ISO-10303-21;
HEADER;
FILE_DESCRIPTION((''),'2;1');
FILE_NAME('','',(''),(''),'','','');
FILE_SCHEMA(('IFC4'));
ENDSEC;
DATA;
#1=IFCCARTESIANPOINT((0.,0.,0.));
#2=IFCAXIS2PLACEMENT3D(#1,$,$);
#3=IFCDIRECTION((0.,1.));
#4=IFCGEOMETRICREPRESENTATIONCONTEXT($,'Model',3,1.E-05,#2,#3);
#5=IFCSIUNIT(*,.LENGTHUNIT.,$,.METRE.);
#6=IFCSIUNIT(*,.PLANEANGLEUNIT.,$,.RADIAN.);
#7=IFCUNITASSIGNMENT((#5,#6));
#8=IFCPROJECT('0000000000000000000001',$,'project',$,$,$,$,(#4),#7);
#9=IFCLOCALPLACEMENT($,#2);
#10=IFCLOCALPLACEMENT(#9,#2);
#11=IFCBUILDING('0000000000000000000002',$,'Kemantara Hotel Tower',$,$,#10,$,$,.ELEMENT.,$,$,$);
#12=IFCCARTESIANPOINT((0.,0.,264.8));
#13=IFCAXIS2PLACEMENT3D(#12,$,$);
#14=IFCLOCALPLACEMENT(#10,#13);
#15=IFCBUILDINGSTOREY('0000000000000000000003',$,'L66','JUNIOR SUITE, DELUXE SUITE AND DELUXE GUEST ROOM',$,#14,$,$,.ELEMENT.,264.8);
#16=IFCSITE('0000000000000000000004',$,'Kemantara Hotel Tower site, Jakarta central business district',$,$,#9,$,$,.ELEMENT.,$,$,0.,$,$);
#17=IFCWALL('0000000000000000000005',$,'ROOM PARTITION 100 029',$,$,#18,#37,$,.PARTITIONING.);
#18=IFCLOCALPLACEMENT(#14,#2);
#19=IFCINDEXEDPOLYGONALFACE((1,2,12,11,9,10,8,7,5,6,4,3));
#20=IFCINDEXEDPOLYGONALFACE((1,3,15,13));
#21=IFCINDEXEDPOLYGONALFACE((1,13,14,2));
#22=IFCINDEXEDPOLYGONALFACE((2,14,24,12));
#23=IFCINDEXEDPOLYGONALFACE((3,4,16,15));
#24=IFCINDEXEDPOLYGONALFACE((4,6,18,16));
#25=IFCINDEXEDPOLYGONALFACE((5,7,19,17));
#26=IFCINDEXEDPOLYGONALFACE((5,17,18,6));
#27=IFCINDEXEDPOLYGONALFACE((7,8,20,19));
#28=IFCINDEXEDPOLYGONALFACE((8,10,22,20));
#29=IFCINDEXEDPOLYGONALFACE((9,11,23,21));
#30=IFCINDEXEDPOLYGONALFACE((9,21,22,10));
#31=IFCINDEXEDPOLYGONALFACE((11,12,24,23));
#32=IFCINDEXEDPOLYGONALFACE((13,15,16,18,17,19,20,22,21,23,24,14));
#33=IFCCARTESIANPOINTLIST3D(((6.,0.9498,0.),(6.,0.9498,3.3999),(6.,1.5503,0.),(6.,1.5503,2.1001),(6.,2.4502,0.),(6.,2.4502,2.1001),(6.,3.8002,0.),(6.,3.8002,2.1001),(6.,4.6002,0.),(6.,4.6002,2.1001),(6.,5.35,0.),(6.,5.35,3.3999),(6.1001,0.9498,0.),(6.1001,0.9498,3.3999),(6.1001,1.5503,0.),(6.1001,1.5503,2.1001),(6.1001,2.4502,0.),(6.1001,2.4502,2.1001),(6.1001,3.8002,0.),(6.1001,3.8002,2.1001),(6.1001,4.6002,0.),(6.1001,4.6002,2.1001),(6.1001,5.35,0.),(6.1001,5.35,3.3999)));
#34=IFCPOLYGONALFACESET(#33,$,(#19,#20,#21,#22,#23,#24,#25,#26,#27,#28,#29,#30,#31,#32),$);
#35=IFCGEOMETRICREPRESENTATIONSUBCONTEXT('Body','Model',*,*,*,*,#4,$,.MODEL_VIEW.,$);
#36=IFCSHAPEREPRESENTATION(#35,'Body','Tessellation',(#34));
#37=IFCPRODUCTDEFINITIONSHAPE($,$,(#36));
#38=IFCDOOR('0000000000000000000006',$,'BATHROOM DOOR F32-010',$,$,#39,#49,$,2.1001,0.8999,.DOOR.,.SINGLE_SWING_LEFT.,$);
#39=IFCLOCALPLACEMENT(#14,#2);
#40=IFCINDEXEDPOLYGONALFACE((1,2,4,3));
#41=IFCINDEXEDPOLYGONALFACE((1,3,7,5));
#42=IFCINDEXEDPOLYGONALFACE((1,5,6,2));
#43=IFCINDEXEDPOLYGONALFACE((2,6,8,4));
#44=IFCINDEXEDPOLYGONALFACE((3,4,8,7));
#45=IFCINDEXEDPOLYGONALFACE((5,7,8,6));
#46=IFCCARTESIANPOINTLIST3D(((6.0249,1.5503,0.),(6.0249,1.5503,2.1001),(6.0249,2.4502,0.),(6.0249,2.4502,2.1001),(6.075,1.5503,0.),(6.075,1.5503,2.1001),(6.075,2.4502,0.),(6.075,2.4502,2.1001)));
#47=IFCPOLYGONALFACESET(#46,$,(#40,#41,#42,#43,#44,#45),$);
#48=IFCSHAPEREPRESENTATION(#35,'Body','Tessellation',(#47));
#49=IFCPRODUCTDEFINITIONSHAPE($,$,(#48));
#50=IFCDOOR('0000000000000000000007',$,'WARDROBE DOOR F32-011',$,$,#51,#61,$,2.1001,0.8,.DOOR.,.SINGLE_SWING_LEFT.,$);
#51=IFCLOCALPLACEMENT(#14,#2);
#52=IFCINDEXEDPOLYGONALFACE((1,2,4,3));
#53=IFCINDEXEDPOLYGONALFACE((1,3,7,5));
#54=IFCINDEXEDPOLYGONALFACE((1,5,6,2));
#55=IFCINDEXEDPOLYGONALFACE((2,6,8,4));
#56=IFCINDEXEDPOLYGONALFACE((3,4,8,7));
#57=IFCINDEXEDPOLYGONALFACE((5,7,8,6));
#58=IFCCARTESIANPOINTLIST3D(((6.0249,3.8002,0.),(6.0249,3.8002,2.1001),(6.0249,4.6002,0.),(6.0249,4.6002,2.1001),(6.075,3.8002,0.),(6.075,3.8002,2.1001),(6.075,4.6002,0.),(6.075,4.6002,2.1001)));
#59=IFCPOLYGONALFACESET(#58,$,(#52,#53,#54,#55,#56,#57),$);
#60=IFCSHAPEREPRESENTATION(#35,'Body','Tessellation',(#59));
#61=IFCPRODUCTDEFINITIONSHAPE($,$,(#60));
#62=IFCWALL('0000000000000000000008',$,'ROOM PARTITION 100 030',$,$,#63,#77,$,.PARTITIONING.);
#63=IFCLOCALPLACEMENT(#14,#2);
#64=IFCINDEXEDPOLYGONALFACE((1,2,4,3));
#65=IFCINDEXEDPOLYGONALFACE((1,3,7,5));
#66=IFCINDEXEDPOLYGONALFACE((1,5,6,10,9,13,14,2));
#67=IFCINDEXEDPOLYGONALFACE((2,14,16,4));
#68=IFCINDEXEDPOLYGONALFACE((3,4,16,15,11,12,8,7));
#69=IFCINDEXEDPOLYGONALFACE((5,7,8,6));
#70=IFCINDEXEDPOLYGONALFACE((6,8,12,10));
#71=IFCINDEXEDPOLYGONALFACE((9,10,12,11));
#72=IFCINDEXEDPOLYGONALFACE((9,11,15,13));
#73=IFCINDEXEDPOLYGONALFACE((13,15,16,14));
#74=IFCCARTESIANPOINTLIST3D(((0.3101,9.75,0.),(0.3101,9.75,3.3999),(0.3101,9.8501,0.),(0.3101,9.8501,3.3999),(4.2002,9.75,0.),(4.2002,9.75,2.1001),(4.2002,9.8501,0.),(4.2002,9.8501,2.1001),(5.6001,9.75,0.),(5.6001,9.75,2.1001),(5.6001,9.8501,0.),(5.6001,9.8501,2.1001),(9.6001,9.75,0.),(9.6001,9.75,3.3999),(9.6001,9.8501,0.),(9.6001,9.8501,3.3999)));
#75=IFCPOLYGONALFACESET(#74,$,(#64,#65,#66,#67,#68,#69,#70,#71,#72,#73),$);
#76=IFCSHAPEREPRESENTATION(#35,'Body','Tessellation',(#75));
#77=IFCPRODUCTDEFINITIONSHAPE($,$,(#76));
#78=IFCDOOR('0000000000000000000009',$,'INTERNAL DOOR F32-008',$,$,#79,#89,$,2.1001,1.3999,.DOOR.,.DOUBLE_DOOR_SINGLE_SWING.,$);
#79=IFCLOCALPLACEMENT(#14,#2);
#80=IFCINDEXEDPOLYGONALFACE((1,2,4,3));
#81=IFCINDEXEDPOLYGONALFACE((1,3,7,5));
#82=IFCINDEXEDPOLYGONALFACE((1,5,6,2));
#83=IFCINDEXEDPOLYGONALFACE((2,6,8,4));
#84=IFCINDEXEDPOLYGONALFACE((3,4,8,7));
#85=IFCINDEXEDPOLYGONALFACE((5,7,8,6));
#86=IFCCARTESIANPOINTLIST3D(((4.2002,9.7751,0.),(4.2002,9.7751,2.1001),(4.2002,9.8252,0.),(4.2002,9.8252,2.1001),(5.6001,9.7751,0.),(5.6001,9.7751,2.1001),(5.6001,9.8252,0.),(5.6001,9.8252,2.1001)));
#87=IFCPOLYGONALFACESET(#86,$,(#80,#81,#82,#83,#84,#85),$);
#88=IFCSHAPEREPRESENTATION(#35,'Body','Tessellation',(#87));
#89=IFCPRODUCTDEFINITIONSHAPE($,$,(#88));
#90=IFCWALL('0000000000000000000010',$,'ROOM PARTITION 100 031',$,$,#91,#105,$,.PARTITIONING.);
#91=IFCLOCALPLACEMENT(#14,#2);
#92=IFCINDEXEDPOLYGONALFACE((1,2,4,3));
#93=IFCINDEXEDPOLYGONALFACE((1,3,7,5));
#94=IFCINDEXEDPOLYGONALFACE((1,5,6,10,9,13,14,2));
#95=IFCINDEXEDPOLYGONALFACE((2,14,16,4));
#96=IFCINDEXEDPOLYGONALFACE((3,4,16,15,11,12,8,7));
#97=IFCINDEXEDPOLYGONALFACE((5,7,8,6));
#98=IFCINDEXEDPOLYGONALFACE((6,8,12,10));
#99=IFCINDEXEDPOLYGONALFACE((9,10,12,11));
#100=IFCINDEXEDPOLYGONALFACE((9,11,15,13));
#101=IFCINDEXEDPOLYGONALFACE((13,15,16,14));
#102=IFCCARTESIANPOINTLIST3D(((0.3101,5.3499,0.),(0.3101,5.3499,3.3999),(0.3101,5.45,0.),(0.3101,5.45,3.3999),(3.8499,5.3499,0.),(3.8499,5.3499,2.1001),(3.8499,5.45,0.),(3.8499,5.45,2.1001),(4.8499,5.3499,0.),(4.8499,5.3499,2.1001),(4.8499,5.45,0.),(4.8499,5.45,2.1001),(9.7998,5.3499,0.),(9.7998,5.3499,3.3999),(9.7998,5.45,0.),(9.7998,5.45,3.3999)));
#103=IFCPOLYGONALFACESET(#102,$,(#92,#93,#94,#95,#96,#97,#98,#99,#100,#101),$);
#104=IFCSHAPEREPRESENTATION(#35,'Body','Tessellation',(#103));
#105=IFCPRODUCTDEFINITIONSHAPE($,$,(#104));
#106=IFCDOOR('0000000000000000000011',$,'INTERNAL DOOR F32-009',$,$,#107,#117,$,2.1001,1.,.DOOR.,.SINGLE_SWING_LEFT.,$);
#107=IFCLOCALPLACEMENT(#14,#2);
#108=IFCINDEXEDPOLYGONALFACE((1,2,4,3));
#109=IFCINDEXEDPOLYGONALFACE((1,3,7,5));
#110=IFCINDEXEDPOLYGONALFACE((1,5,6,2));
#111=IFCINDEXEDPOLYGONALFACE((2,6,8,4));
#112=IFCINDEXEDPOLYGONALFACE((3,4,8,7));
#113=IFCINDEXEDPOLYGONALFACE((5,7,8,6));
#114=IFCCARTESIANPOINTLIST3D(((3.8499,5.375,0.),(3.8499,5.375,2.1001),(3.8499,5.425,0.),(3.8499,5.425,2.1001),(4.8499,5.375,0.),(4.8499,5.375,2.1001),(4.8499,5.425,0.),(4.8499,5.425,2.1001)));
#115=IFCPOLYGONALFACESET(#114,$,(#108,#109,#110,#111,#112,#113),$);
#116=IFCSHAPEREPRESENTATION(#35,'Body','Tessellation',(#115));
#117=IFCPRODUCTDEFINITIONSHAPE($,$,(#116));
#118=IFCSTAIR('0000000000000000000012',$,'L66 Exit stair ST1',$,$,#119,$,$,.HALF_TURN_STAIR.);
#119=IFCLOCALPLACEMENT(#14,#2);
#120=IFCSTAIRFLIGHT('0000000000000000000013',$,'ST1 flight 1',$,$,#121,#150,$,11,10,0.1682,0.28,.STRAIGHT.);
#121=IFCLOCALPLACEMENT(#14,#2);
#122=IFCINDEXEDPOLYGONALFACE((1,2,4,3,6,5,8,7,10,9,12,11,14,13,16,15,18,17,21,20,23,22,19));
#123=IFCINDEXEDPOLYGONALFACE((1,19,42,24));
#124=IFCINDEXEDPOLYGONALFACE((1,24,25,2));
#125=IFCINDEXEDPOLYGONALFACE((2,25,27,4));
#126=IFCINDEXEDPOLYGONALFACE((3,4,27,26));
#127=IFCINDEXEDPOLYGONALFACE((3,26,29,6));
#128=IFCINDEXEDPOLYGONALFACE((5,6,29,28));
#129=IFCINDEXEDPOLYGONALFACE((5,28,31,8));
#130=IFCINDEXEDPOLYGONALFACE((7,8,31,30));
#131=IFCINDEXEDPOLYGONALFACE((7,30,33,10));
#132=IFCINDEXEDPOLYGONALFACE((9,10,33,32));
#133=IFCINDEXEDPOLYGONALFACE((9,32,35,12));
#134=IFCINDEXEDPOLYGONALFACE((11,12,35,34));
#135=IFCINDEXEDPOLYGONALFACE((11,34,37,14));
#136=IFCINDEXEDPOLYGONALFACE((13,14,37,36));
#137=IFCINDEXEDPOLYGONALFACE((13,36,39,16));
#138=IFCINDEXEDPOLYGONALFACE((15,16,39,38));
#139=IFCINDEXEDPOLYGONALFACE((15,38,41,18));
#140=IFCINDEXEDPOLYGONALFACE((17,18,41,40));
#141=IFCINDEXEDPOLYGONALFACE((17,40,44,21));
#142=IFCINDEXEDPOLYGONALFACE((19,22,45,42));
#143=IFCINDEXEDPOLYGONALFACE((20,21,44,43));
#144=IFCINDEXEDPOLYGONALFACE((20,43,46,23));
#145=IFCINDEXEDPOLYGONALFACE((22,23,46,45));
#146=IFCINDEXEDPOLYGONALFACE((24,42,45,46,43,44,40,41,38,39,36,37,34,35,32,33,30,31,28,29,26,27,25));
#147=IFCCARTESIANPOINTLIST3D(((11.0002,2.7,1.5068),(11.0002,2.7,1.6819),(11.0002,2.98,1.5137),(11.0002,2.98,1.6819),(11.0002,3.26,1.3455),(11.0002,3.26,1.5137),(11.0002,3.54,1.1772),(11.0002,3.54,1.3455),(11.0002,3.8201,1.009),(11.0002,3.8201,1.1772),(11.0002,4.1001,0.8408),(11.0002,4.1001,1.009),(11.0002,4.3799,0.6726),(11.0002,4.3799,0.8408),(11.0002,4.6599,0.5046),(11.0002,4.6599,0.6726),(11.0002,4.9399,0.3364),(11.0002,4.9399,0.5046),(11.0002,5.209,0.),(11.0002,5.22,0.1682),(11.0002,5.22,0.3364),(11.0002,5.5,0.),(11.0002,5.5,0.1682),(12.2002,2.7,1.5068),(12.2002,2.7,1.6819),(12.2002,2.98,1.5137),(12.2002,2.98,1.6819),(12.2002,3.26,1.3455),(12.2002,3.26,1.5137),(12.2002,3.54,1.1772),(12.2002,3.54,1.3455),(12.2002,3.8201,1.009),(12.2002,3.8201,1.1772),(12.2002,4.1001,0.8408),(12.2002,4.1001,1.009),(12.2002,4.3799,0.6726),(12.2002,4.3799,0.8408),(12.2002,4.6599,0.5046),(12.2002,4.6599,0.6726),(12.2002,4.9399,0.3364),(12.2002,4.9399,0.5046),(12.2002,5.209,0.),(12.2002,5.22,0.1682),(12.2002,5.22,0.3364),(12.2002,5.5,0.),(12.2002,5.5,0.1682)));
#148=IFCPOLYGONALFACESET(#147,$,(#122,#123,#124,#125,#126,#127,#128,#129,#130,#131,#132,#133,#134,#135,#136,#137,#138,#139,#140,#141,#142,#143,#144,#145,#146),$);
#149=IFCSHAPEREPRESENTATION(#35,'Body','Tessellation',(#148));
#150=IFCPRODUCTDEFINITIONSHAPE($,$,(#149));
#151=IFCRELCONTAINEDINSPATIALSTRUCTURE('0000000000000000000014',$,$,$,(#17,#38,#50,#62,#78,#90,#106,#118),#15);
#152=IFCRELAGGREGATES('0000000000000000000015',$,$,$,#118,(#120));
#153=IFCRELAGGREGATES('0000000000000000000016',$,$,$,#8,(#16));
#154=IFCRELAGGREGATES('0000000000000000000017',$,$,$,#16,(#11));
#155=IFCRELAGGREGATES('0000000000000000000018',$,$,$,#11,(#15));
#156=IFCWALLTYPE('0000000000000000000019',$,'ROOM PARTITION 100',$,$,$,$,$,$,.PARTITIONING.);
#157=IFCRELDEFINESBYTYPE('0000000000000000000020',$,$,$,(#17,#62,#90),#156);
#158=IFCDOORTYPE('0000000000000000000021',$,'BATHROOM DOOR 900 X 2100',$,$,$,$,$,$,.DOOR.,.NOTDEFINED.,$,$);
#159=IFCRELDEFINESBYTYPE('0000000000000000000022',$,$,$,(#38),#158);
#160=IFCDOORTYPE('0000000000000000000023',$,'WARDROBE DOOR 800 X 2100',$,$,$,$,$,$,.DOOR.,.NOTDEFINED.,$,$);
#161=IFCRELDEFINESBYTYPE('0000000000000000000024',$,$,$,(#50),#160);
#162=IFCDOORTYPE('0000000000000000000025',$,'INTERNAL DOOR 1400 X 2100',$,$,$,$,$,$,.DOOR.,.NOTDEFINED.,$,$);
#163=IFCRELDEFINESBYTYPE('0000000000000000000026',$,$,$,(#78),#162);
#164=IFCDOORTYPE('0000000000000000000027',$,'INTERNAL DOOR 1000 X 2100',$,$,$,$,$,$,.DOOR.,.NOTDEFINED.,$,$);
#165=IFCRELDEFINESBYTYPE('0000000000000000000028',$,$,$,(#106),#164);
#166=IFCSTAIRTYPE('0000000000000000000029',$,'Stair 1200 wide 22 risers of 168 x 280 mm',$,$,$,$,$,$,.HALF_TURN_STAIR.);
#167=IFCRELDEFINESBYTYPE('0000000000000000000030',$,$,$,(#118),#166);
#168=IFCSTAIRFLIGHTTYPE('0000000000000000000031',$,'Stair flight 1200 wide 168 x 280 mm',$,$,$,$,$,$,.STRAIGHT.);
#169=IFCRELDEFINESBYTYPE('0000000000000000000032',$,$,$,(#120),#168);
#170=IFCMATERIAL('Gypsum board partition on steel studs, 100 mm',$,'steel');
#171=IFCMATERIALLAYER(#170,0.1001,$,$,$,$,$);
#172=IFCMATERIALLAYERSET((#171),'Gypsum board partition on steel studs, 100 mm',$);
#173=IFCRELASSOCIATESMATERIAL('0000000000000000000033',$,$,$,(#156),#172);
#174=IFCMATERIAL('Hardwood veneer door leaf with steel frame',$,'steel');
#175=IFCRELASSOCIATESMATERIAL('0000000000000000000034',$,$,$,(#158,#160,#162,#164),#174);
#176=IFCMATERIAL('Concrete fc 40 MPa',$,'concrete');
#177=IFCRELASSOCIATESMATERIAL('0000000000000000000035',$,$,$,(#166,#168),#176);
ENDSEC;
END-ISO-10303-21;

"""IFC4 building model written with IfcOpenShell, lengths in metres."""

from ifc_helpers import new_model, si_unit, direction, frame, frame_2d, origin, place, context, subcontext, project, spatial, polyline, rectangle, outline, extrude, material, layer, layer_set, type_object, element, fill, aggregate, save


model = new_model("IFC4")

# Units and contexts
model_context = context("Model", 3, precision=1e-05, world=origin(), true_north=direction((0.0, 1.0)))
body_context = subcontext(model_context, "Body", "Model", "MODEL_VIEW")
ifc_project = project(units=[si_unit("LENGTHUNIT", "METRE"), si_unit("PLANEANGLEUNIT", "RADIAN")], contexts=[model_context])

# Site, building, storey
site_placement = place(None, origin())
site = spatial("IfcSite", under=ifc_project, at=site_placement, Name="Kemantara Hotel Tower site, Jakarta central business district", CompositionType="ELEMENT", RefElevation=0.0)
building_placement = place(site_placement, origin())
building = spatial("IfcBuilding", under=site, at=building_placement, Name="Kemantara Hotel Tower", CompositionType="ELEMENT")
storey_placement = place(building_placement, frame((0.0, 0.0, 264.8)))
storey = spatial("IfcBuildingStorey", under=building, at=storey_placement, Name="L66", Description="JUNIOR SUITE, DELUXE SUITE AND DELUXE GUEST ROOM", CompositionType="ELEMENT", Elevation=264.8)

# Shared definitions
ifc_material_1 = material(Name="Hardwood veneer door leaf with steel frame", Category="steel")

# Wall, openings, doors
ifc_material_2 = material(Name="Gypsum board partition on steel studs, 100 mm", Category="steel")
ifc_layer_1 = layer(ifc_material_2, 0.1001)
ifc_layer_set_1 = layer_set([ifc_layer_1], Name="Gypsum board partition on steel studs, 100 mm")
wall_type_1 = type_object("IfcWallType", Name="ROOM PARTITION 100", PredefinedType="PARTITIONING", material=ifc_layer_set_1)
wall_1_placement = place(storey_placement, frame((6.05, 5.3501, 0.0), z_axis=(0.0, 0.0, 1.0), x_axis=(0.0, -1.0, 0.0)))
wall_1 = element("IfcWall", 1, at=wall_1_placement, inside=storey, type_object=wall_type_1, Name="ROOM PARTITION 100 029", PredefinedType="PARTITIONING", context=body_context, shape_type="SweptSolid", body=[
    extrude(rectangle(XDim=4.4001, YDim=0.1001, at=frame_2d((2.2002, 0.0))), origin(), (0.0, 0.0, 1.0), 3.3999),
])
opening_1_placement = place(wall_1_placement, frame((2.8999, 0.0, 0.0)))
opening_1 = element("IfcOpeningElement", 2, at=opening_1_placement, cuts=wall_1, PredefinedType="OPENING", context=body_context, shape_type="SweptSolid", body=[
    extrude(rectangle(XDim=0.8999, YDim=2.1001, at=frame_2d((0.45, 1.05))), frame((0.0, 0.0601, 0.0), z_axis=(0.0, -1.0, 0.0), x_axis=(1.0, 0.0, 0.0)), (0.0, 0.0, 1.0), 0.1201),
])
opening_2_placement = place(wall_1_placement, frame((0.75, 0.0, 0.0)))
opening_2 = element("IfcOpeningElement", 3, at=opening_2_placement, cuts=wall_1, PredefinedType="OPENING", context=body_context, shape_type="SweptSolid", body=[
    extrude(rectangle(XDim=0.8, YDim=2.1001, at=frame_2d((0.3999, 1.05))), frame((0.0, 0.0601, 0.0), z_axis=(0.0, -1.0, 0.0), x_axis=(1.0, 0.0, 0.0)), (0.0, 0.0, 1.0), 0.1201),
])
door_type_1 = type_object("IfcDoorType", Name="BATHROOM DOOR 900 X 2100", OperationType="NOTDEFINED", PredefinedType="DOOR", material=ifc_material_1)
door_1_placement = place(opening_1_placement, origin())
door_1 = element("IfcDoor", 4, at=door_1_placement, inside=storey, type_object=door_type_1, Name="BATHROOM DOOR F32-010", OperationType="SINGLE_SWING_LEFT", OverallHeight=2.1001, OverallWidth=0.8999, PredefinedType="DOOR", context=body_context, shape_type="SweptSolid", body=[
    extrude(rectangle(XDim=0.8999, YDim=2.1001, at=frame_2d((0.45, 1.05))), frame((0.0, 0.0249, 0.0), z_axis=(0.0, -1.0, 0.0), x_axis=(1.0, 0.0, 0.0)), (0.0, 0.0, 1.0), 0.05),
])
fill(opening_1, door_1)
door_type_2 = type_object("IfcDoorType", Name="WARDROBE DOOR 800 X 2100", OperationType="NOTDEFINED", PredefinedType="DOOR", material=ifc_material_1)
door_2_placement = place(opening_2_placement, origin())
door_2 = element("IfcDoor", 5, at=door_2_placement, inside=storey, type_object=door_type_2, Name="WARDROBE DOOR F32-011", OperationType="SINGLE_SWING_LEFT", OverallHeight=2.1001, OverallWidth=0.8, PredefinedType="DOOR", context=body_context, shape_type="SweptSolid", body=[
    extrude(rectangle(XDim=0.8, YDim=2.1001, at=frame_2d((0.3999, 1.05))), frame((0.0, 0.0249, 0.0), z_axis=(0.0, -1.0, 0.0), x_axis=(1.0, 0.0, 0.0)), (0.0, 0.0, 1.0), 0.05),
])
fill(opening_2, door_2)

# Walls, openings, doors
wall_2_placement = place(storey_placement, frame((9.6001, 9.8, 0.0), z_axis=(0.0, 0.0, 1.0), x_axis=(-1.0, 0.0, 0.0)))
wall_2 = element("IfcWall", 6, at=wall_2_placement, inside=storey, type_object=wall_type_1, Name="ROOM PARTITION 100 030", PredefinedType="PARTITIONING", context=body_context, shape_type="SweptSolid", body=[
    extrude(rectangle(XDim=9.29, YDim=0.1001, at=frame_2d((4.645, 0.0))), origin(), (0.0, 0.0, 1.0), 3.3999),
])
opening_3_placement = place(wall_2_placement, frame((4.0, 0.0, 0.0)))
opening_3 = element("IfcOpeningElement", 7, at=opening_3_placement, cuts=wall_2, PredefinedType="OPENING", context=body_context, shape_type="SweptSolid", body=[
    extrude(rectangle(XDim=1.3999, YDim=2.1001, at=frame_2d((0.7, 1.05))), frame((0.0, 0.0601, 0.0), z_axis=(0.0, -1.0, 0.0), x_axis=(1.0, 0.0, 0.0)), (0.0, 0.0, 1.0), 0.1201),
])
door_type_3 = type_object("IfcDoorType", Name="INTERNAL DOOR 1400 X 2100", OperationType="NOTDEFINED", PredefinedType="DOOR", material=ifc_material_1)
door_3_placement = place(opening_3_placement, origin())
door_3 = element("IfcDoor", 8, at=door_3_placement, inside=storey, type_object=door_type_3, Name="INTERNAL DOOR F32-008", OperationType="DOUBLE_DOOR_SINGLE_SWING", OverallHeight=2.1001, OverallWidth=1.3999, PredefinedType="DOOR", context=body_context, shape_type="SweptSolid", body=[
    extrude(rectangle(XDim=1.3999, YDim=2.1001, at=frame_2d((0.7, 1.05))), frame((0.0, 0.0249, 0.0), z_axis=(0.0, -1.0, 0.0), x_axis=(1.0, 0.0, 0.0)), (0.0, 0.0, 1.0), 0.05),
])
fill(opening_3, door_3)
wall_3_placement = place(storey_placement, frame((9.7998, 5.3999, 0.0), z_axis=(0.0, 0.0, 1.0), x_axis=(-1.0, 0.0, 0.0)))
wall_3 = element("IfcWall", 9, at=wall_3_placement, inside=storey, type_object=wall_type_1, Name="ROOM PARTITION 100 031", PredefinedType="PARTITIONING", context=body_context, shape_type="SweptSolid", body=[
    extrude(rectangle(XDim=9.4897, YDim=0.1001, at=frame_2d((4.7449, 0.0))), origin(), (0.0, 0.0, 1.0), 3.3999),
])
opening_4_placement = place(wall_3_placement, frame((4.95, 0.0, 0.0)))
opening_4 = element("IfcOpeningElement", 10, at=opening_4_placement, cuts=wall_3, PredefinedType="OPENING", context=body_context, shape_type="SweptSolid", body=[
    extrude(rectangle(XDim=1.0, YDim=2.1001, at=frame_2d((0.5, 1.05))), frame((0.0, 0.0601, 0.0), z_axis=(0.0, -1.0, 0.0), x_axis=(1.0, 0.0, 0.0)), (0.0, 0.0, 1.0), 0.1201),
])
door_type_4 = type_object("IfcDoorType", Name="INTERNAL DOOR 1000 X 2100", OperationType="NOTDEFINED", PredefinedType="DOOR", material=ifc_material_1)
door_4_placement = place(opening_4_placement, origin())
door_4 = element("IfcDoor", 11, at=door_4_placement, inside=storey, type_object=door_type_4, Name="INTERNAL DOOR F32-009", OperationType="SINGLE_SWING_LEFT", OverallHeight=2.1001, OverallWidth=1.0, PredefinedType="DOOR", context=body_context, shape_type="SweptSolid", body=[
    extrude(rectangle(XDim=1.0, YDim=2.1001, at=frame_2d((0.5, 1.05))), frame((0.0, 0.0249, 0.0), z_axis=(0.0, -1.0, 0.0), x_axis=(1.0, 0.0, 0.0)), (0.0, 0.0, 1.0), 0.05),
])
fill(opening_4, door_4)

# Stair, stair flight
ifc_material_3 = material(Name="Concrete fc 40 MPa", Category="concrete")
stair_type = type_object("IfcStairType", Name="Stair 1200 wide 22 risers of 168 x 280 mm", PredefinedType="HALF_TURN_STAIR", material=ifc_material_3)
stair_placement = place(storey_placement, origin())
stair = element("IfcStair", 12, at=stair_placement, inside=storey, type_object=stair_type, Name="L66 Exit stair ST1", PredefinedType="HALF_TURN_STAIR")
stair_flight_type = type_object("IfcStairFlightType", Name="Stair flight 1200 wide 168 x 280 mm", PredefinedType="STRAIGHT", material=ifc_material_3)
stair_flight_placement = place(storey_placement, frame((11.6001, 5.5, 0.0), z_axis=(0.0, 0.0, 1.0), x_axis=(0.0, -1.0, 0.0)))
stair_flight = element("IfcStairFlight", 13, at=stair_flight_placement, type_object=stair_flight_type, Name="ST1 flight 1", NumberOfRisers=11, NumberOfTreads=10, PredefinedType="STRAIGHT", RiserHeight=0.1682, TreadLength=0.28, context=body_context, shape_type="SweptSolid", body=[
    extrude(outline(polyline([(0.0, 0.0), (0.0, 0.1682), (0.28, 0.1682), (0.28, 0.3364), (0.5601, 0.3364), (0.5601, 0.5046), (0.8401, 0.5046), (0.8401, 0.6726), (1.1201, 0.6726), (1.1201, 0.8408), (1.3999, 0.8408), (1.3999, 1.009), (1.6799, 1.009), (1.6799, 1.1772), (1.96, 1.1772), (1.96, 1.3455), (2.24, 1.3455), (2.24, 1.5137), (2.52, 1.5137), (2.52, 1.6819), (2.8, 1.6819), (2.8, 1.8501), (2.8, 1.5068), (0.291, 0.0), (0.0, 0.0)])), frame((0.0, 0.6001, 0.0), z_axis=(0.0, -1.0, 0.0), x_axis=(1.0, 0.0, 0.0)), (0.0, 0.0, 1.0), 1.2),
])
aggregate(stair, [stair_flight])

save(model, "model.ifc")
